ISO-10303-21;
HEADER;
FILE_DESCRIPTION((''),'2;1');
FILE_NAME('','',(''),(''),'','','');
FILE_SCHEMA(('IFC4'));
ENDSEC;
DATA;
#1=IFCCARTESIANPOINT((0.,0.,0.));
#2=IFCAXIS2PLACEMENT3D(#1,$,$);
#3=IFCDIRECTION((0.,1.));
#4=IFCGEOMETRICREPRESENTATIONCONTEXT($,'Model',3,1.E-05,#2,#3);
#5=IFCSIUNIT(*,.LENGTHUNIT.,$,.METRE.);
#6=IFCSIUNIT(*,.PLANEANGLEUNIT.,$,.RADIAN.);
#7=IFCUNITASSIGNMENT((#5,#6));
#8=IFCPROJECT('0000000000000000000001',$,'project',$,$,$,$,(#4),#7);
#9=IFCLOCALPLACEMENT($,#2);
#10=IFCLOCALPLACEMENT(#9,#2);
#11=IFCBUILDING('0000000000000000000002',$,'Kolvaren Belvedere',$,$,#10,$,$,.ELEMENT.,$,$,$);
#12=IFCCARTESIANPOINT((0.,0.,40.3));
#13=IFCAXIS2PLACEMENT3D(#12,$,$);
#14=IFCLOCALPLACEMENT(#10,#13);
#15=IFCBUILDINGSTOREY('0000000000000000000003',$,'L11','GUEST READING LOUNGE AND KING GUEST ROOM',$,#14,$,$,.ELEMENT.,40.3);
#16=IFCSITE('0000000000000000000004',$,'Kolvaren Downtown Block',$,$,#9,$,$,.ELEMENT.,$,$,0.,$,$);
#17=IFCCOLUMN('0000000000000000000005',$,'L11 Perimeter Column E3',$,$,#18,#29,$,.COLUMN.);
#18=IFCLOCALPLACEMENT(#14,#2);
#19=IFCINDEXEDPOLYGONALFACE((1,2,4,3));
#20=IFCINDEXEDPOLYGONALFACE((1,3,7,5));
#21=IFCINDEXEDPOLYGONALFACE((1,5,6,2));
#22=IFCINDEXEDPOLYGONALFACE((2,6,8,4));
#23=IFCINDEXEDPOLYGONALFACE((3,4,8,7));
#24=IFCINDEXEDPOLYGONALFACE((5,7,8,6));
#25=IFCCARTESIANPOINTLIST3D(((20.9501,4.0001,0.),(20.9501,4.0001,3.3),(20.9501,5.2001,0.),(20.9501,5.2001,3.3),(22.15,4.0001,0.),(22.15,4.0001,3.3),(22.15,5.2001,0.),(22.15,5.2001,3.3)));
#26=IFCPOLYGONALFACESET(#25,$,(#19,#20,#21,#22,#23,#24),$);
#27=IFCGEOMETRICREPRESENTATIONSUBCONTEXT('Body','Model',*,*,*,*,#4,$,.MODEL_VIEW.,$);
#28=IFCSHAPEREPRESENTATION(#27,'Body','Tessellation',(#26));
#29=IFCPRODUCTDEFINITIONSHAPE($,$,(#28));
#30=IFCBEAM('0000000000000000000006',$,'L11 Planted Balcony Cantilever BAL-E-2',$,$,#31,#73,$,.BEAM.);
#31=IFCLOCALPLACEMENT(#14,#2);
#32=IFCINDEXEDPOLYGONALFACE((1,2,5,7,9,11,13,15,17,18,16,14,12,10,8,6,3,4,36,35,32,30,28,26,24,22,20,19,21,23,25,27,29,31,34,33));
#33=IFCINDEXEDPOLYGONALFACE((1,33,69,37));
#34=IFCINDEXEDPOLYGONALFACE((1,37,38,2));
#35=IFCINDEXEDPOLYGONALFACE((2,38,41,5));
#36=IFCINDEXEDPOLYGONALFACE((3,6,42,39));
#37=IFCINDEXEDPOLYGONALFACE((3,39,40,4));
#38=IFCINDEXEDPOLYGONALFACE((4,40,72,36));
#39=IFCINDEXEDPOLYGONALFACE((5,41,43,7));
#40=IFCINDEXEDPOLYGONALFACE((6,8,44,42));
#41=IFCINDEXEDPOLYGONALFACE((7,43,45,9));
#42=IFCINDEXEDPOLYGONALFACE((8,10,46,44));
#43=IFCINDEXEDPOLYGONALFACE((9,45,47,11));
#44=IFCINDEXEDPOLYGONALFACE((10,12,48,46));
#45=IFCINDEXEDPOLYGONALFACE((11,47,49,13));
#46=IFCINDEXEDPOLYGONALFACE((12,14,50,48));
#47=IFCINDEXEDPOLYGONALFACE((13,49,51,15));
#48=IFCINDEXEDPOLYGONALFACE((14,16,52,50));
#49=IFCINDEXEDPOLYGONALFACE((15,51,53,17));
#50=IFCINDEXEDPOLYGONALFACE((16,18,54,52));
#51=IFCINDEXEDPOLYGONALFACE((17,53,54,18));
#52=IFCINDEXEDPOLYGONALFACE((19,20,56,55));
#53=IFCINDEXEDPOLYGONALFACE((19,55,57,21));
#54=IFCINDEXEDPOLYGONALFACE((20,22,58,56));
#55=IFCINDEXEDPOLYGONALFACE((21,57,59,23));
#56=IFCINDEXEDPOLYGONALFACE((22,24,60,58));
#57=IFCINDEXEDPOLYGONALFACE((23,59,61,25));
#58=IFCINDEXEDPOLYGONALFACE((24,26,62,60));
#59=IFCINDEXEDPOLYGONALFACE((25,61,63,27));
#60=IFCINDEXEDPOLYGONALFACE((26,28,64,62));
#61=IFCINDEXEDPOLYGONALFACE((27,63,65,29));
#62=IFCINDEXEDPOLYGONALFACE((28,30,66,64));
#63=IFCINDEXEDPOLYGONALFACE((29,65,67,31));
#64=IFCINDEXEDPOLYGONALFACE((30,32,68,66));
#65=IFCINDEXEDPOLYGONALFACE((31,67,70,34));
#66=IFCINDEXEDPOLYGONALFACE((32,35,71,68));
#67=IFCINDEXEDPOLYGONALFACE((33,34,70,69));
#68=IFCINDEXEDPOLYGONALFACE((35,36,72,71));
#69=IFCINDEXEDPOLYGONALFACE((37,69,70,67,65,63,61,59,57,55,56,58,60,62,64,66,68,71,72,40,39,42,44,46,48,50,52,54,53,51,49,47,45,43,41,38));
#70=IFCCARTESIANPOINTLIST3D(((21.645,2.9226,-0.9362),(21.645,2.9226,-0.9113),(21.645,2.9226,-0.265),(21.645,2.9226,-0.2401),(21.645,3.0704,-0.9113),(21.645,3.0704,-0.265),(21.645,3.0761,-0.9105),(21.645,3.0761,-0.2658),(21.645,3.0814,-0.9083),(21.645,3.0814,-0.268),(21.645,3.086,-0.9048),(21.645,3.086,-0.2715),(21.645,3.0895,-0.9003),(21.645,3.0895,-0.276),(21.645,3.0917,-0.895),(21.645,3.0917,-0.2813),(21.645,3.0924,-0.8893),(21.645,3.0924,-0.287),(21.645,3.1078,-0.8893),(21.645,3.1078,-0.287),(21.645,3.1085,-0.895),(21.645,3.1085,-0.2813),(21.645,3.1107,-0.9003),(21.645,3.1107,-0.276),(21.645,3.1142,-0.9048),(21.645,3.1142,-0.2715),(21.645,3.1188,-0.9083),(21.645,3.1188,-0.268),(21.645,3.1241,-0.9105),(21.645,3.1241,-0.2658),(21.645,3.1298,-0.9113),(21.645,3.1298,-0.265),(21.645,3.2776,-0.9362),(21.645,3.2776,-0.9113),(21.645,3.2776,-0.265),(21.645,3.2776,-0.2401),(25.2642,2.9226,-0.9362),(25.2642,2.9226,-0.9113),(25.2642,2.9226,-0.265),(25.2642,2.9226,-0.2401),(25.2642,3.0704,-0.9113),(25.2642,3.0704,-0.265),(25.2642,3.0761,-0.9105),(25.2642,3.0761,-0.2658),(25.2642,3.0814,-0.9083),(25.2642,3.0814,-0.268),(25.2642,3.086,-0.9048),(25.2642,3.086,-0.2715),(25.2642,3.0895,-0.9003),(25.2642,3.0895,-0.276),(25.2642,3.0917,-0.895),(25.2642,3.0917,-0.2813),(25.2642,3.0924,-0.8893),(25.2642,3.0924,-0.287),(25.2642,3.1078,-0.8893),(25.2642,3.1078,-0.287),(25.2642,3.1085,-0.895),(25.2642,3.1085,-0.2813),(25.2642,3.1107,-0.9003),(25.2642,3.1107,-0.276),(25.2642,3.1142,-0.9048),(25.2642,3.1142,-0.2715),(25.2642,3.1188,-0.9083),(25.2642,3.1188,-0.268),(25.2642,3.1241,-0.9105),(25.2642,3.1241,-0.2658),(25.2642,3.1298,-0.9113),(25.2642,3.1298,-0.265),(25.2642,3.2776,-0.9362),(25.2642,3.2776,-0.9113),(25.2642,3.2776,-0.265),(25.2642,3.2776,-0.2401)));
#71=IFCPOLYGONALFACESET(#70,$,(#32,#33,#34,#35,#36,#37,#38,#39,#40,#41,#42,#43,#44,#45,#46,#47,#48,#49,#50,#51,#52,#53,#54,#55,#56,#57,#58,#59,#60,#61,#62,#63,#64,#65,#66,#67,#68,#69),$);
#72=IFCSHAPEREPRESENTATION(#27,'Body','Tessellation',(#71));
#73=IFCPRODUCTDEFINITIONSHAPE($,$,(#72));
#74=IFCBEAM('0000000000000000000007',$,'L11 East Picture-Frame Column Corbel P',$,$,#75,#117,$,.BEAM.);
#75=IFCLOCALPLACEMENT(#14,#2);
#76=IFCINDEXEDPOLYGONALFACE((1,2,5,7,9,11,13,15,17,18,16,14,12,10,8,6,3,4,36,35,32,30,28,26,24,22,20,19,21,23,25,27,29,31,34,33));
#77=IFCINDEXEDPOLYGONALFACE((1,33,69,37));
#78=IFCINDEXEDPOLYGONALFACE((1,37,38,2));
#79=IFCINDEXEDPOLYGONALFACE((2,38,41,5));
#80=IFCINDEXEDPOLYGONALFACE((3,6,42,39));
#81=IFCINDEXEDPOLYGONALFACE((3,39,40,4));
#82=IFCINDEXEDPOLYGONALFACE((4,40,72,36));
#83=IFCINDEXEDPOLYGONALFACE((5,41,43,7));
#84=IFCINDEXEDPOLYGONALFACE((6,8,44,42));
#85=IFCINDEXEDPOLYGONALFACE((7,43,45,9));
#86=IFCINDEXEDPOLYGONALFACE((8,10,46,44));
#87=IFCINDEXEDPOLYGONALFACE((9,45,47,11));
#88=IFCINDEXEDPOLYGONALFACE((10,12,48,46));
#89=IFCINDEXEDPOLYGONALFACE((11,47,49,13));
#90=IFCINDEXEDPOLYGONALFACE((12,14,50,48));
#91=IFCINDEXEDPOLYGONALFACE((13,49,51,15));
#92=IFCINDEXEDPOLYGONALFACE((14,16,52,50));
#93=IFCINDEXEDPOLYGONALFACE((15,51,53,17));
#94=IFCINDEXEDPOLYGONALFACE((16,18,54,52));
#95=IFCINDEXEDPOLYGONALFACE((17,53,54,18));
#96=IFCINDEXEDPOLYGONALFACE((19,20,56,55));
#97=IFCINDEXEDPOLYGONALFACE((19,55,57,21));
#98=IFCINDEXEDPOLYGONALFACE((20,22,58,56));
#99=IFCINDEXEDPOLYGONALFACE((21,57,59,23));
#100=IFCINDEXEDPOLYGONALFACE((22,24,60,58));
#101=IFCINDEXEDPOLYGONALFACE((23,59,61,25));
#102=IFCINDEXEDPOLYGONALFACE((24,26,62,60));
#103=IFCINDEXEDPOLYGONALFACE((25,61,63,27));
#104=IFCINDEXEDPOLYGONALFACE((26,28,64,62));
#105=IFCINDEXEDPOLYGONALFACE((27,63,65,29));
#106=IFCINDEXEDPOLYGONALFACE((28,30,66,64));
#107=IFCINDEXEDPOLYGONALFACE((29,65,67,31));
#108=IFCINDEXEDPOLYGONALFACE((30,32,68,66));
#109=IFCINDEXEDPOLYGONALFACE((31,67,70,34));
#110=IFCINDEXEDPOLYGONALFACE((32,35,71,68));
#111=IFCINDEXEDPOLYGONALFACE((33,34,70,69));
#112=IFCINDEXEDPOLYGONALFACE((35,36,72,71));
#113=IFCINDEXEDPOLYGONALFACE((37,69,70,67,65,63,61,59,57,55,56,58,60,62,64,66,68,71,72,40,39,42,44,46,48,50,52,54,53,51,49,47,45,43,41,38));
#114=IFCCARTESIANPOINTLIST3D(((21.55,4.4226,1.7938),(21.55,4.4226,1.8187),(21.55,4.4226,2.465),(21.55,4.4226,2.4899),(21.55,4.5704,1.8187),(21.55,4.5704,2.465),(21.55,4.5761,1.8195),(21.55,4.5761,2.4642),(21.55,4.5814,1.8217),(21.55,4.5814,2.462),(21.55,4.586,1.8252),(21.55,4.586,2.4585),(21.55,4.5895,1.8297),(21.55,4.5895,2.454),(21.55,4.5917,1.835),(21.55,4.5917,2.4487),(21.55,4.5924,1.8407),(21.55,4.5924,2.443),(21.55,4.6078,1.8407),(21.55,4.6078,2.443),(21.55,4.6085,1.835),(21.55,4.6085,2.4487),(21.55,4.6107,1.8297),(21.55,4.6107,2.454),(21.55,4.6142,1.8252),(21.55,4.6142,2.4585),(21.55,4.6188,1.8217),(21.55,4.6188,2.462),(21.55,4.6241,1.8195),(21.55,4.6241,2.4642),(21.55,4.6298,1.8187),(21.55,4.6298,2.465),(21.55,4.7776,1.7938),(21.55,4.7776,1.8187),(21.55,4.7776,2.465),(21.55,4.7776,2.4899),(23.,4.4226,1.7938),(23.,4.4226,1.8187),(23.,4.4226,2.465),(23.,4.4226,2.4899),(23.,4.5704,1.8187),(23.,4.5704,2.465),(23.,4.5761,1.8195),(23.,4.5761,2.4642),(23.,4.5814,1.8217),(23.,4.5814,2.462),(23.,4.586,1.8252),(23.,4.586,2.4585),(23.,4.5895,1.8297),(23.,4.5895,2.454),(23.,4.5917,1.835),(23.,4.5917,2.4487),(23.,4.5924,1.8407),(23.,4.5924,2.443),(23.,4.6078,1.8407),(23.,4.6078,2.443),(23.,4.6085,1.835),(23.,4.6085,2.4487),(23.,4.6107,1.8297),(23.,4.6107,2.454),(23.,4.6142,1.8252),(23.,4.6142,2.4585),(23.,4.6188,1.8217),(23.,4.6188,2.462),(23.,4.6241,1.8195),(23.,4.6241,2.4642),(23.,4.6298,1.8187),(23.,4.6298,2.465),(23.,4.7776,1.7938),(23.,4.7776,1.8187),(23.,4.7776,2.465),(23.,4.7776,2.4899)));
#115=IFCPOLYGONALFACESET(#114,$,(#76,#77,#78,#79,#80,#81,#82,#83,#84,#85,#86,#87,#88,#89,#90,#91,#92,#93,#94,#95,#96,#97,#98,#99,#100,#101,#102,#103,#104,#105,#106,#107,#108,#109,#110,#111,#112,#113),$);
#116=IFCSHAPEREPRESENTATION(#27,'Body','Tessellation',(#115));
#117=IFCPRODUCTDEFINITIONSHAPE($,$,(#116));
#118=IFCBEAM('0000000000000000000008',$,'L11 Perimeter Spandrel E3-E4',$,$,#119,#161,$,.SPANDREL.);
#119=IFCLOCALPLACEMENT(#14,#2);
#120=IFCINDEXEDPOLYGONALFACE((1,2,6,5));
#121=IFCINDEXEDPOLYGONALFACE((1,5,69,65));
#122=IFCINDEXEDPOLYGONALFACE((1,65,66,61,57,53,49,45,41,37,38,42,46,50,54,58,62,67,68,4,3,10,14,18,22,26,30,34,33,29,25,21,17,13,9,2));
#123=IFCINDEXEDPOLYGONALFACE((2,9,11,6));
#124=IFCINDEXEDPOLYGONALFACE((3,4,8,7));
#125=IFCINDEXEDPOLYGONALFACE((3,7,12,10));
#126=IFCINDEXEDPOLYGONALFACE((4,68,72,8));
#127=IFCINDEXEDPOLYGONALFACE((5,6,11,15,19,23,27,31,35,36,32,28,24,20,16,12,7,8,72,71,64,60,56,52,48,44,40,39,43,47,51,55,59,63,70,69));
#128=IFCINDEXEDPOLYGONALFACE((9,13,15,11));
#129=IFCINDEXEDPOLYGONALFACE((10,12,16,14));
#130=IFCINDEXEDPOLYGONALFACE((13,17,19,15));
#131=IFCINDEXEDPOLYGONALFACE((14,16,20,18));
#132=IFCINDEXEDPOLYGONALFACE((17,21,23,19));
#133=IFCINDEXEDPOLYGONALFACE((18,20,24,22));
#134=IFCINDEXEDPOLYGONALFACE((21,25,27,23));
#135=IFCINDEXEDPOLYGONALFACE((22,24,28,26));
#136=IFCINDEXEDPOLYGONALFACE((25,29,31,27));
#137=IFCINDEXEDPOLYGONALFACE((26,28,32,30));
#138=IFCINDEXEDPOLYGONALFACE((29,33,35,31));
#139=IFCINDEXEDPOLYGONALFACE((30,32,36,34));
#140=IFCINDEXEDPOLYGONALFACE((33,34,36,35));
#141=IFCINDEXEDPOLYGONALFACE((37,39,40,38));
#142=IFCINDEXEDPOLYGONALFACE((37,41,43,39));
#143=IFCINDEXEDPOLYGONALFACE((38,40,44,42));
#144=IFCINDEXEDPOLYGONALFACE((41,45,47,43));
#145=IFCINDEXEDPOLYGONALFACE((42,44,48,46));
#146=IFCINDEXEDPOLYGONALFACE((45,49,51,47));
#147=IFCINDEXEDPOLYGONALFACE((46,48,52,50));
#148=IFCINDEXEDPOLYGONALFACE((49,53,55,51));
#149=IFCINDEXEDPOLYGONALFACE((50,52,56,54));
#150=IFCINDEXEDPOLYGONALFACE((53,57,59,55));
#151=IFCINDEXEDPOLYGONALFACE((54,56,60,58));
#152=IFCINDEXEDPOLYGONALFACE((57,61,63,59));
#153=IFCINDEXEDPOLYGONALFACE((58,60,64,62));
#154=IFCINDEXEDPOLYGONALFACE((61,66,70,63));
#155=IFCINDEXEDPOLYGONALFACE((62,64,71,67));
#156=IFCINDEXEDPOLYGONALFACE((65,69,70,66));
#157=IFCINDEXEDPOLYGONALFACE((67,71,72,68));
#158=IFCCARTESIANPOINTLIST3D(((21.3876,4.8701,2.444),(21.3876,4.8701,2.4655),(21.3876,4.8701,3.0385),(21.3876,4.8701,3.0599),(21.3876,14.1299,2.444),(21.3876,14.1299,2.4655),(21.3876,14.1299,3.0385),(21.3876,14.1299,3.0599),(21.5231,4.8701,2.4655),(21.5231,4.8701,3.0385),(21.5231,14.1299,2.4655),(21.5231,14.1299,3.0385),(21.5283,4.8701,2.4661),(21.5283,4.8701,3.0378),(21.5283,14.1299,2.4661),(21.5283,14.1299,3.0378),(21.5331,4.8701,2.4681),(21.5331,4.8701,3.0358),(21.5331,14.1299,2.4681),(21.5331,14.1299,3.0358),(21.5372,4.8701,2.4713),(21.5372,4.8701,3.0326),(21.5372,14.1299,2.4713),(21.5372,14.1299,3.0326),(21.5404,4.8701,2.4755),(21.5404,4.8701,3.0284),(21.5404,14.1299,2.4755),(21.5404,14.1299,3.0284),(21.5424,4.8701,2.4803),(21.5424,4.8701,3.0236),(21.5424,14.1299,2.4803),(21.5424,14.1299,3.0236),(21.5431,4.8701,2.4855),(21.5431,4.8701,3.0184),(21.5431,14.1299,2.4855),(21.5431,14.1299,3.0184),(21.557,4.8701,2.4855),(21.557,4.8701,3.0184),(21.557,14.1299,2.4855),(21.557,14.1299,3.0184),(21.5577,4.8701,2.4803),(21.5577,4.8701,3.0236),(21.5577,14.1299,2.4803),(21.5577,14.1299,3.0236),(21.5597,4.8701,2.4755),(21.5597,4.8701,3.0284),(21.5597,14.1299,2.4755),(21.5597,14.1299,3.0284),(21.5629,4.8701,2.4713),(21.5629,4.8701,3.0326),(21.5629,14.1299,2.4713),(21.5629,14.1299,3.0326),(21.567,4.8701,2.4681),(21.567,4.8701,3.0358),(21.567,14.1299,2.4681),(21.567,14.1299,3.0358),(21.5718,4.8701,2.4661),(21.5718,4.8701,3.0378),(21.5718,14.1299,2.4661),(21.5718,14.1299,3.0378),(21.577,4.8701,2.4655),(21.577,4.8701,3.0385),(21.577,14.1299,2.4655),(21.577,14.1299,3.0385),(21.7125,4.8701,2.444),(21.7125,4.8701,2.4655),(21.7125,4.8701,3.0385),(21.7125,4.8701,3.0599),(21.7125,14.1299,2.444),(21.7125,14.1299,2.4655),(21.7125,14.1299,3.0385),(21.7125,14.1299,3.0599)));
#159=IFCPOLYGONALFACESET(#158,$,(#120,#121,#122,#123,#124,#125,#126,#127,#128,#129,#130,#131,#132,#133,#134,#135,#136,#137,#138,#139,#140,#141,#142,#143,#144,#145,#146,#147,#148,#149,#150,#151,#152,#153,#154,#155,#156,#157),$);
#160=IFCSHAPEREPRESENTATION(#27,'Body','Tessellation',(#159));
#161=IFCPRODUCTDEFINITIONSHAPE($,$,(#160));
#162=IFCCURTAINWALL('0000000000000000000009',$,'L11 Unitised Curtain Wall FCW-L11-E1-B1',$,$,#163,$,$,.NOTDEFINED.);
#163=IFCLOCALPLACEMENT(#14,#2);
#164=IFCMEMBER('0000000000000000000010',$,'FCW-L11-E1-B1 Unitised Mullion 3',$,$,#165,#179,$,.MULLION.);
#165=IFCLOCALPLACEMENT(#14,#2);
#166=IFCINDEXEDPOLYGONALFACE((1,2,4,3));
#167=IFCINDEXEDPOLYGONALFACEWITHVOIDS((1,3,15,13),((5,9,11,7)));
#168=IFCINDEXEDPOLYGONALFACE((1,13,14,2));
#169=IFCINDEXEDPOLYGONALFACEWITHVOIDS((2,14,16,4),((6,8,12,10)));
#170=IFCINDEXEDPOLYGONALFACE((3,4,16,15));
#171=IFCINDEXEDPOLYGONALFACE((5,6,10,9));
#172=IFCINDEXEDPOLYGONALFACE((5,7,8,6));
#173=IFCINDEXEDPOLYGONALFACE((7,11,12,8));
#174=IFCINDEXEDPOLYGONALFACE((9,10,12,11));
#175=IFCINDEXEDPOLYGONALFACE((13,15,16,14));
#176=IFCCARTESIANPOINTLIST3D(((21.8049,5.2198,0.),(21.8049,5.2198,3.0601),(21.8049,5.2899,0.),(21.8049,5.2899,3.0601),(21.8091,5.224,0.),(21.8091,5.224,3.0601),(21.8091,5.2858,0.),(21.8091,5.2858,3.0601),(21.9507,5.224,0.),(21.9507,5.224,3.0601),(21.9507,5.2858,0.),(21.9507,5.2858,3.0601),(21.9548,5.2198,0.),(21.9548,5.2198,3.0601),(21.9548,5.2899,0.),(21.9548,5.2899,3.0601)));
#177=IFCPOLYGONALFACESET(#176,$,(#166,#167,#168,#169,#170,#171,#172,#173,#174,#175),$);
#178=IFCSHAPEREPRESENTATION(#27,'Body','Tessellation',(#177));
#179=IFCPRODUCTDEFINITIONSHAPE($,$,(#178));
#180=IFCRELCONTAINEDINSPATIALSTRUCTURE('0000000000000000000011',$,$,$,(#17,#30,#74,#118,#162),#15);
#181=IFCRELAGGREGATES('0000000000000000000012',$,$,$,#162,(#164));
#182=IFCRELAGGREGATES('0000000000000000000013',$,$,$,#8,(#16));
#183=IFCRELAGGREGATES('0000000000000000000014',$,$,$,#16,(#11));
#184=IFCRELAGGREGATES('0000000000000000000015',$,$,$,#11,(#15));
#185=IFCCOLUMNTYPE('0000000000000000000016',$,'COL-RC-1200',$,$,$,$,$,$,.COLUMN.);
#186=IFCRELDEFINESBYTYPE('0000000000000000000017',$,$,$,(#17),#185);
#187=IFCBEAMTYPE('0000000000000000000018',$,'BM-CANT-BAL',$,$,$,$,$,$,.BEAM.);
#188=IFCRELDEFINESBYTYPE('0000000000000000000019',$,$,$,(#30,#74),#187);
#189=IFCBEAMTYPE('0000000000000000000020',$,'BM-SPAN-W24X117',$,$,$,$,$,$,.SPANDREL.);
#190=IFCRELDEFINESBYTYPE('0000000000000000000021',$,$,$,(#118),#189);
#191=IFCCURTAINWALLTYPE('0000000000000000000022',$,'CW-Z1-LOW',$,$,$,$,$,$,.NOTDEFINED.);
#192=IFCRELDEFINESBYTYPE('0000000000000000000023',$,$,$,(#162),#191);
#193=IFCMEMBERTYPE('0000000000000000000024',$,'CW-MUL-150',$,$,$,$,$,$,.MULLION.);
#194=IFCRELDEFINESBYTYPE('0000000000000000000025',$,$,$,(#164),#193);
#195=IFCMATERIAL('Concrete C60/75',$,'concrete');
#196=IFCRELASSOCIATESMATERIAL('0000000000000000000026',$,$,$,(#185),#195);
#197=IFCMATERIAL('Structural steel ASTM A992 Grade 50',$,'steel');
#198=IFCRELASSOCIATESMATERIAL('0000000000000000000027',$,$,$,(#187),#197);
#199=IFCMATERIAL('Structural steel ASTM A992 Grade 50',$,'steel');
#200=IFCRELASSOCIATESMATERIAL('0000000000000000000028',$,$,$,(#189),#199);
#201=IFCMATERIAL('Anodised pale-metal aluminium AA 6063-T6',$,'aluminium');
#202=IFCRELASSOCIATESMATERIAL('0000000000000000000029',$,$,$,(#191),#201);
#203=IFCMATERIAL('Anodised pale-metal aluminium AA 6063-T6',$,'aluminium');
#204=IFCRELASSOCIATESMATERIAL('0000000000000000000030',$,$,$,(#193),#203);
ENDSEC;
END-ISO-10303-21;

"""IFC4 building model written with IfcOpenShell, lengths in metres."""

from ifc_helpers import new_model, si_unit, direction, frame, origin, origin_2d, place, context, subcontext, project, spatial, rectangle, hollow_rectangle, i_section, extrude, material, material_profile, profile_set, type_object, element, aggregate, save


model = new_model("IFC4")

# Units and contexts
model_context = context("Model", 3, precision=1e-05, world=origin(), true_north=direction((0.0, 1.0)))
body_context = subcontext(model_context, "Body", "Model", "MODEL_VIEW")
ifc_project = project(units=[si_unit("LENGTHUNIT", "METRE"), si_unit("PLANEANGLEUNIT", "RADIAN")], contexts=[model_context])

# Site, building, storey
site_placement = place(None, origin())
site = spatial("IfcSite", under=ifc_project, at=site_placement, Name="Kolvaren Downtown Block", CompositionType="ELEMENT", RefElevation=0.0)
building_placement = place(site_placement, origin())
building = spatial("IfcBuilding", under=site, at=building_placement, Name="Kolvaren Belvedere", CompositionType="ELEMENT")
storey_placement = place(building_placement, frame((0.0, 0.0, 40.3)))
storey = spatial("IfcBuildingStorey", under=building, at=storey_placement, Name="L11", Description="GUEST READING LOUNGE AND KING GUEST ROOM", CompositionType="ELEMENT", Elevation=40.3)

# Column
ifc_material_1 = material(Name="Concrete C60/75", Category="concrete")
ifc_material_profile_1 = material_profile(ifc_material_1, rectangle(XDim=1.2, YDim=1.2, at=origin_2d()), Name="RC 1200X1200")
ifc_profile_set_1 = profile_set([ifc_material_profile_1], Name="Concrete C60/75")
column_type = type_object("IfcColumnType", Name="COL-RC-1200", PredefinedType="COLUMN", material=ifc_profile_set_1)
column_placement = place(storey_placement, frame((21.55, 4.6001, 0.0), z_axis=(0.0, 0.0, 1.0), x_axis=(1.0, 0.0, 0.0)))
element("IfcColumn", 1, at=column_placement, inside=storey, type_object=column_type, Name="L11 Perimeter Column E3", PredefinedType="COLUMN", context=body_context, shape_type="SweptSolid", body=[
    extrude(rectangle(XDim=1.2, YDim=1.2, at=origin_2d()), origin(), (0.0, 0.0, 1.0), 3.3),
])

# Beams
ifc_material_2 = material(Name="Structural steel ASTM A992 Grade 50", Category="steel")
ifc_material_profile_2 = material_profile(ifc_material_2, i_section(OverallWidth=0.355, OverallDepth=0.696, WebThickness=0.0154, FlangeThickness=0.0249, FilletRadius=0.022, at=origin_2d()), Name="W27X146")
ifc_profile_set_2 = profile_set([ifc_material_profile_2], Name="Structural steel ASTM A992 Grade 50")
beam_type_1 = type_object("IfcBeamType", Name="BM-CANT-BAL", PredefinedType="BEAM", material=ifc_profile_set_2)
beam_1_placement = place(storey_placement, frame((21.645, 3.1001, -0.5881), z_axis=(1.0, 0.0, 0.0), x_axis=(0.0, 1.0, 0.0)))
element("IfcBeam", 2, at=beam_1_placement, inside=storey, type_object=beam_type_1, Name="L11 Planted Balcony Cantilever BAL-E-2", PredefinedType="BEAM", context=body_context, shape_type="SweptSolid", body=[
    extrude(i_section(OverallWidth=0.355, OverallDepth=0.696, WebThickness=0.0154, FlangeThickness=0.0249, FilletRadius=0.022, at=origin_2d()), origin(), (0.0, 0.0, 1.0), 3.6191),
])
beam_2_placement = place(storey_placement, frame((21.55, 4.6001, 2.1418), z_axis=(1.0, 0.0, 0.0), x_axis=(0.0, 1.0, 0.0)))
element("IfcBeam", 3, at=beam_2_placement, inside=storey, type_object=beam_type_1, Name="L11 East Picture-Frame Column Corbel P", PredefinedType="BEAM", context=body_context, shape_type="SweptSolid", body=[
    extrude(i_section(OverallWidth=0.355, OverallDepth=0.696, WebThickness=0.0154, FlangeThickness=0.0249, FilletRadius=0.022, at=origin_2d()), origin(), (0.0, 0.0, 1.0), 1.45),
])
ifc_material_3 = material(Name="Structural steel ASTM A992 Grade 50", Category="steel")
ifc_material_profile_3 = material_profile(ifc_material_3, i_section(OverallWidth=0.325, OverallDepth=0.616, WebThickness=0.0139, FlangeThickness=0.0215, FilletRadius=0.02, at=origin_2d()), Name="W24X117")
ifc_profile_set_3 = profile_set([ifc_material_profile_3], Name="Structural steel ASTM A992 Grade 50")
beam_type_2 = type_object("IfcBeamType", Name="BM-SPAN-W24X117", PredefinedType="SPANDREL", material=ifc_profile_set_3)
beam_3_placement = place(storey_placement, frame((21.55, 4.8701, 2.752), z_axis=(0.0, 1.0, 0.0), x_axis=(-1.0, 0.0, 0.0)))
element("IfcBeam", 4, at=beam_3_placement, inside=storey, type_object=beam_type_2, Name="L11 Perimeter Spandrel E3-E4", PredefinedType="SPANDREL", context=body_context, shape_type="SweptSolid", body=[
    extrude(i_section(OverallWidth=0.325, OverallDepth=0.616, WebThickness=0.0139, FlangeThickness=0.0215, FilletRadius=0.02, at=origin_2d()), origin(), (0.0, 0.0, 1.0), 9.2598),
])

# Curtain wall, member
ifc_material_4 = material(Name="Anodised pale-metal aluminium AA 6063-T6", Category="aluminium")
curtain_wall_type = type_object("IfcCurtainWallType", Name="CW-Z1-LOW", PredefinedType="NOTDEFINED", material=ifc_material_4)
curtain_wall_1_placement = place(storey_placement, origin())
curtain_wall_1 = element("IfcCurtainWall", 5, at=curtain_wall_1_placement, inside=storey, type_object=curtain_wall_type, Name="L11 Unitised Curtain Wall FCW-L11-E1-B1", PredefinedType="NOTDEFINED")
ifc_material_5 = material(Name="Anodised pale-metal aluminium AA 6063-T6", Category="aluminium")
ifc_material_profile_4 = material_profile(ifc_material_5, hollow_rectangle(XDim=0.0701, YDim=0.1499, WallThickness=0.0042, at=origin_2d()), Name="ALU-MUL-150X70")
ifc_profile_set_4 = profile_set([ifc_material_profile_4], Name="Anodised pale-metal aluminium AA 6063-T6")
member_type_1 = type_object("IfcMemberType", Name="CW-MUL-150", PredefinedType="MULLION", material=ifc_profile_set_4)
member_1_placement = place(storey_placement, frame((21.8799, 5.2549, 0.0), z_axis=(0.0, 0.0, 1.0), x_axis=(0.0, 1.0, 0.0)))
member_1 = element("IfcMember", 6, at=member_1_placement, type_object=member_type_1, Name="FCW-L11-E1-B1 Unitised Mullion 3", PredefinedType="MULLION", context=body_context, shape_type="SweptSolid", body=[
    extrude(hollow_rectangle(XDim=0.0701, YDim=0.1499, WallThickness=0.0042, at=origin_2d()), origin(), (0.0, 0.0, 1.0), 3.0601),
])
aggregate(curtain_wall_1, [member_1])

save(model, "model.ifc")
